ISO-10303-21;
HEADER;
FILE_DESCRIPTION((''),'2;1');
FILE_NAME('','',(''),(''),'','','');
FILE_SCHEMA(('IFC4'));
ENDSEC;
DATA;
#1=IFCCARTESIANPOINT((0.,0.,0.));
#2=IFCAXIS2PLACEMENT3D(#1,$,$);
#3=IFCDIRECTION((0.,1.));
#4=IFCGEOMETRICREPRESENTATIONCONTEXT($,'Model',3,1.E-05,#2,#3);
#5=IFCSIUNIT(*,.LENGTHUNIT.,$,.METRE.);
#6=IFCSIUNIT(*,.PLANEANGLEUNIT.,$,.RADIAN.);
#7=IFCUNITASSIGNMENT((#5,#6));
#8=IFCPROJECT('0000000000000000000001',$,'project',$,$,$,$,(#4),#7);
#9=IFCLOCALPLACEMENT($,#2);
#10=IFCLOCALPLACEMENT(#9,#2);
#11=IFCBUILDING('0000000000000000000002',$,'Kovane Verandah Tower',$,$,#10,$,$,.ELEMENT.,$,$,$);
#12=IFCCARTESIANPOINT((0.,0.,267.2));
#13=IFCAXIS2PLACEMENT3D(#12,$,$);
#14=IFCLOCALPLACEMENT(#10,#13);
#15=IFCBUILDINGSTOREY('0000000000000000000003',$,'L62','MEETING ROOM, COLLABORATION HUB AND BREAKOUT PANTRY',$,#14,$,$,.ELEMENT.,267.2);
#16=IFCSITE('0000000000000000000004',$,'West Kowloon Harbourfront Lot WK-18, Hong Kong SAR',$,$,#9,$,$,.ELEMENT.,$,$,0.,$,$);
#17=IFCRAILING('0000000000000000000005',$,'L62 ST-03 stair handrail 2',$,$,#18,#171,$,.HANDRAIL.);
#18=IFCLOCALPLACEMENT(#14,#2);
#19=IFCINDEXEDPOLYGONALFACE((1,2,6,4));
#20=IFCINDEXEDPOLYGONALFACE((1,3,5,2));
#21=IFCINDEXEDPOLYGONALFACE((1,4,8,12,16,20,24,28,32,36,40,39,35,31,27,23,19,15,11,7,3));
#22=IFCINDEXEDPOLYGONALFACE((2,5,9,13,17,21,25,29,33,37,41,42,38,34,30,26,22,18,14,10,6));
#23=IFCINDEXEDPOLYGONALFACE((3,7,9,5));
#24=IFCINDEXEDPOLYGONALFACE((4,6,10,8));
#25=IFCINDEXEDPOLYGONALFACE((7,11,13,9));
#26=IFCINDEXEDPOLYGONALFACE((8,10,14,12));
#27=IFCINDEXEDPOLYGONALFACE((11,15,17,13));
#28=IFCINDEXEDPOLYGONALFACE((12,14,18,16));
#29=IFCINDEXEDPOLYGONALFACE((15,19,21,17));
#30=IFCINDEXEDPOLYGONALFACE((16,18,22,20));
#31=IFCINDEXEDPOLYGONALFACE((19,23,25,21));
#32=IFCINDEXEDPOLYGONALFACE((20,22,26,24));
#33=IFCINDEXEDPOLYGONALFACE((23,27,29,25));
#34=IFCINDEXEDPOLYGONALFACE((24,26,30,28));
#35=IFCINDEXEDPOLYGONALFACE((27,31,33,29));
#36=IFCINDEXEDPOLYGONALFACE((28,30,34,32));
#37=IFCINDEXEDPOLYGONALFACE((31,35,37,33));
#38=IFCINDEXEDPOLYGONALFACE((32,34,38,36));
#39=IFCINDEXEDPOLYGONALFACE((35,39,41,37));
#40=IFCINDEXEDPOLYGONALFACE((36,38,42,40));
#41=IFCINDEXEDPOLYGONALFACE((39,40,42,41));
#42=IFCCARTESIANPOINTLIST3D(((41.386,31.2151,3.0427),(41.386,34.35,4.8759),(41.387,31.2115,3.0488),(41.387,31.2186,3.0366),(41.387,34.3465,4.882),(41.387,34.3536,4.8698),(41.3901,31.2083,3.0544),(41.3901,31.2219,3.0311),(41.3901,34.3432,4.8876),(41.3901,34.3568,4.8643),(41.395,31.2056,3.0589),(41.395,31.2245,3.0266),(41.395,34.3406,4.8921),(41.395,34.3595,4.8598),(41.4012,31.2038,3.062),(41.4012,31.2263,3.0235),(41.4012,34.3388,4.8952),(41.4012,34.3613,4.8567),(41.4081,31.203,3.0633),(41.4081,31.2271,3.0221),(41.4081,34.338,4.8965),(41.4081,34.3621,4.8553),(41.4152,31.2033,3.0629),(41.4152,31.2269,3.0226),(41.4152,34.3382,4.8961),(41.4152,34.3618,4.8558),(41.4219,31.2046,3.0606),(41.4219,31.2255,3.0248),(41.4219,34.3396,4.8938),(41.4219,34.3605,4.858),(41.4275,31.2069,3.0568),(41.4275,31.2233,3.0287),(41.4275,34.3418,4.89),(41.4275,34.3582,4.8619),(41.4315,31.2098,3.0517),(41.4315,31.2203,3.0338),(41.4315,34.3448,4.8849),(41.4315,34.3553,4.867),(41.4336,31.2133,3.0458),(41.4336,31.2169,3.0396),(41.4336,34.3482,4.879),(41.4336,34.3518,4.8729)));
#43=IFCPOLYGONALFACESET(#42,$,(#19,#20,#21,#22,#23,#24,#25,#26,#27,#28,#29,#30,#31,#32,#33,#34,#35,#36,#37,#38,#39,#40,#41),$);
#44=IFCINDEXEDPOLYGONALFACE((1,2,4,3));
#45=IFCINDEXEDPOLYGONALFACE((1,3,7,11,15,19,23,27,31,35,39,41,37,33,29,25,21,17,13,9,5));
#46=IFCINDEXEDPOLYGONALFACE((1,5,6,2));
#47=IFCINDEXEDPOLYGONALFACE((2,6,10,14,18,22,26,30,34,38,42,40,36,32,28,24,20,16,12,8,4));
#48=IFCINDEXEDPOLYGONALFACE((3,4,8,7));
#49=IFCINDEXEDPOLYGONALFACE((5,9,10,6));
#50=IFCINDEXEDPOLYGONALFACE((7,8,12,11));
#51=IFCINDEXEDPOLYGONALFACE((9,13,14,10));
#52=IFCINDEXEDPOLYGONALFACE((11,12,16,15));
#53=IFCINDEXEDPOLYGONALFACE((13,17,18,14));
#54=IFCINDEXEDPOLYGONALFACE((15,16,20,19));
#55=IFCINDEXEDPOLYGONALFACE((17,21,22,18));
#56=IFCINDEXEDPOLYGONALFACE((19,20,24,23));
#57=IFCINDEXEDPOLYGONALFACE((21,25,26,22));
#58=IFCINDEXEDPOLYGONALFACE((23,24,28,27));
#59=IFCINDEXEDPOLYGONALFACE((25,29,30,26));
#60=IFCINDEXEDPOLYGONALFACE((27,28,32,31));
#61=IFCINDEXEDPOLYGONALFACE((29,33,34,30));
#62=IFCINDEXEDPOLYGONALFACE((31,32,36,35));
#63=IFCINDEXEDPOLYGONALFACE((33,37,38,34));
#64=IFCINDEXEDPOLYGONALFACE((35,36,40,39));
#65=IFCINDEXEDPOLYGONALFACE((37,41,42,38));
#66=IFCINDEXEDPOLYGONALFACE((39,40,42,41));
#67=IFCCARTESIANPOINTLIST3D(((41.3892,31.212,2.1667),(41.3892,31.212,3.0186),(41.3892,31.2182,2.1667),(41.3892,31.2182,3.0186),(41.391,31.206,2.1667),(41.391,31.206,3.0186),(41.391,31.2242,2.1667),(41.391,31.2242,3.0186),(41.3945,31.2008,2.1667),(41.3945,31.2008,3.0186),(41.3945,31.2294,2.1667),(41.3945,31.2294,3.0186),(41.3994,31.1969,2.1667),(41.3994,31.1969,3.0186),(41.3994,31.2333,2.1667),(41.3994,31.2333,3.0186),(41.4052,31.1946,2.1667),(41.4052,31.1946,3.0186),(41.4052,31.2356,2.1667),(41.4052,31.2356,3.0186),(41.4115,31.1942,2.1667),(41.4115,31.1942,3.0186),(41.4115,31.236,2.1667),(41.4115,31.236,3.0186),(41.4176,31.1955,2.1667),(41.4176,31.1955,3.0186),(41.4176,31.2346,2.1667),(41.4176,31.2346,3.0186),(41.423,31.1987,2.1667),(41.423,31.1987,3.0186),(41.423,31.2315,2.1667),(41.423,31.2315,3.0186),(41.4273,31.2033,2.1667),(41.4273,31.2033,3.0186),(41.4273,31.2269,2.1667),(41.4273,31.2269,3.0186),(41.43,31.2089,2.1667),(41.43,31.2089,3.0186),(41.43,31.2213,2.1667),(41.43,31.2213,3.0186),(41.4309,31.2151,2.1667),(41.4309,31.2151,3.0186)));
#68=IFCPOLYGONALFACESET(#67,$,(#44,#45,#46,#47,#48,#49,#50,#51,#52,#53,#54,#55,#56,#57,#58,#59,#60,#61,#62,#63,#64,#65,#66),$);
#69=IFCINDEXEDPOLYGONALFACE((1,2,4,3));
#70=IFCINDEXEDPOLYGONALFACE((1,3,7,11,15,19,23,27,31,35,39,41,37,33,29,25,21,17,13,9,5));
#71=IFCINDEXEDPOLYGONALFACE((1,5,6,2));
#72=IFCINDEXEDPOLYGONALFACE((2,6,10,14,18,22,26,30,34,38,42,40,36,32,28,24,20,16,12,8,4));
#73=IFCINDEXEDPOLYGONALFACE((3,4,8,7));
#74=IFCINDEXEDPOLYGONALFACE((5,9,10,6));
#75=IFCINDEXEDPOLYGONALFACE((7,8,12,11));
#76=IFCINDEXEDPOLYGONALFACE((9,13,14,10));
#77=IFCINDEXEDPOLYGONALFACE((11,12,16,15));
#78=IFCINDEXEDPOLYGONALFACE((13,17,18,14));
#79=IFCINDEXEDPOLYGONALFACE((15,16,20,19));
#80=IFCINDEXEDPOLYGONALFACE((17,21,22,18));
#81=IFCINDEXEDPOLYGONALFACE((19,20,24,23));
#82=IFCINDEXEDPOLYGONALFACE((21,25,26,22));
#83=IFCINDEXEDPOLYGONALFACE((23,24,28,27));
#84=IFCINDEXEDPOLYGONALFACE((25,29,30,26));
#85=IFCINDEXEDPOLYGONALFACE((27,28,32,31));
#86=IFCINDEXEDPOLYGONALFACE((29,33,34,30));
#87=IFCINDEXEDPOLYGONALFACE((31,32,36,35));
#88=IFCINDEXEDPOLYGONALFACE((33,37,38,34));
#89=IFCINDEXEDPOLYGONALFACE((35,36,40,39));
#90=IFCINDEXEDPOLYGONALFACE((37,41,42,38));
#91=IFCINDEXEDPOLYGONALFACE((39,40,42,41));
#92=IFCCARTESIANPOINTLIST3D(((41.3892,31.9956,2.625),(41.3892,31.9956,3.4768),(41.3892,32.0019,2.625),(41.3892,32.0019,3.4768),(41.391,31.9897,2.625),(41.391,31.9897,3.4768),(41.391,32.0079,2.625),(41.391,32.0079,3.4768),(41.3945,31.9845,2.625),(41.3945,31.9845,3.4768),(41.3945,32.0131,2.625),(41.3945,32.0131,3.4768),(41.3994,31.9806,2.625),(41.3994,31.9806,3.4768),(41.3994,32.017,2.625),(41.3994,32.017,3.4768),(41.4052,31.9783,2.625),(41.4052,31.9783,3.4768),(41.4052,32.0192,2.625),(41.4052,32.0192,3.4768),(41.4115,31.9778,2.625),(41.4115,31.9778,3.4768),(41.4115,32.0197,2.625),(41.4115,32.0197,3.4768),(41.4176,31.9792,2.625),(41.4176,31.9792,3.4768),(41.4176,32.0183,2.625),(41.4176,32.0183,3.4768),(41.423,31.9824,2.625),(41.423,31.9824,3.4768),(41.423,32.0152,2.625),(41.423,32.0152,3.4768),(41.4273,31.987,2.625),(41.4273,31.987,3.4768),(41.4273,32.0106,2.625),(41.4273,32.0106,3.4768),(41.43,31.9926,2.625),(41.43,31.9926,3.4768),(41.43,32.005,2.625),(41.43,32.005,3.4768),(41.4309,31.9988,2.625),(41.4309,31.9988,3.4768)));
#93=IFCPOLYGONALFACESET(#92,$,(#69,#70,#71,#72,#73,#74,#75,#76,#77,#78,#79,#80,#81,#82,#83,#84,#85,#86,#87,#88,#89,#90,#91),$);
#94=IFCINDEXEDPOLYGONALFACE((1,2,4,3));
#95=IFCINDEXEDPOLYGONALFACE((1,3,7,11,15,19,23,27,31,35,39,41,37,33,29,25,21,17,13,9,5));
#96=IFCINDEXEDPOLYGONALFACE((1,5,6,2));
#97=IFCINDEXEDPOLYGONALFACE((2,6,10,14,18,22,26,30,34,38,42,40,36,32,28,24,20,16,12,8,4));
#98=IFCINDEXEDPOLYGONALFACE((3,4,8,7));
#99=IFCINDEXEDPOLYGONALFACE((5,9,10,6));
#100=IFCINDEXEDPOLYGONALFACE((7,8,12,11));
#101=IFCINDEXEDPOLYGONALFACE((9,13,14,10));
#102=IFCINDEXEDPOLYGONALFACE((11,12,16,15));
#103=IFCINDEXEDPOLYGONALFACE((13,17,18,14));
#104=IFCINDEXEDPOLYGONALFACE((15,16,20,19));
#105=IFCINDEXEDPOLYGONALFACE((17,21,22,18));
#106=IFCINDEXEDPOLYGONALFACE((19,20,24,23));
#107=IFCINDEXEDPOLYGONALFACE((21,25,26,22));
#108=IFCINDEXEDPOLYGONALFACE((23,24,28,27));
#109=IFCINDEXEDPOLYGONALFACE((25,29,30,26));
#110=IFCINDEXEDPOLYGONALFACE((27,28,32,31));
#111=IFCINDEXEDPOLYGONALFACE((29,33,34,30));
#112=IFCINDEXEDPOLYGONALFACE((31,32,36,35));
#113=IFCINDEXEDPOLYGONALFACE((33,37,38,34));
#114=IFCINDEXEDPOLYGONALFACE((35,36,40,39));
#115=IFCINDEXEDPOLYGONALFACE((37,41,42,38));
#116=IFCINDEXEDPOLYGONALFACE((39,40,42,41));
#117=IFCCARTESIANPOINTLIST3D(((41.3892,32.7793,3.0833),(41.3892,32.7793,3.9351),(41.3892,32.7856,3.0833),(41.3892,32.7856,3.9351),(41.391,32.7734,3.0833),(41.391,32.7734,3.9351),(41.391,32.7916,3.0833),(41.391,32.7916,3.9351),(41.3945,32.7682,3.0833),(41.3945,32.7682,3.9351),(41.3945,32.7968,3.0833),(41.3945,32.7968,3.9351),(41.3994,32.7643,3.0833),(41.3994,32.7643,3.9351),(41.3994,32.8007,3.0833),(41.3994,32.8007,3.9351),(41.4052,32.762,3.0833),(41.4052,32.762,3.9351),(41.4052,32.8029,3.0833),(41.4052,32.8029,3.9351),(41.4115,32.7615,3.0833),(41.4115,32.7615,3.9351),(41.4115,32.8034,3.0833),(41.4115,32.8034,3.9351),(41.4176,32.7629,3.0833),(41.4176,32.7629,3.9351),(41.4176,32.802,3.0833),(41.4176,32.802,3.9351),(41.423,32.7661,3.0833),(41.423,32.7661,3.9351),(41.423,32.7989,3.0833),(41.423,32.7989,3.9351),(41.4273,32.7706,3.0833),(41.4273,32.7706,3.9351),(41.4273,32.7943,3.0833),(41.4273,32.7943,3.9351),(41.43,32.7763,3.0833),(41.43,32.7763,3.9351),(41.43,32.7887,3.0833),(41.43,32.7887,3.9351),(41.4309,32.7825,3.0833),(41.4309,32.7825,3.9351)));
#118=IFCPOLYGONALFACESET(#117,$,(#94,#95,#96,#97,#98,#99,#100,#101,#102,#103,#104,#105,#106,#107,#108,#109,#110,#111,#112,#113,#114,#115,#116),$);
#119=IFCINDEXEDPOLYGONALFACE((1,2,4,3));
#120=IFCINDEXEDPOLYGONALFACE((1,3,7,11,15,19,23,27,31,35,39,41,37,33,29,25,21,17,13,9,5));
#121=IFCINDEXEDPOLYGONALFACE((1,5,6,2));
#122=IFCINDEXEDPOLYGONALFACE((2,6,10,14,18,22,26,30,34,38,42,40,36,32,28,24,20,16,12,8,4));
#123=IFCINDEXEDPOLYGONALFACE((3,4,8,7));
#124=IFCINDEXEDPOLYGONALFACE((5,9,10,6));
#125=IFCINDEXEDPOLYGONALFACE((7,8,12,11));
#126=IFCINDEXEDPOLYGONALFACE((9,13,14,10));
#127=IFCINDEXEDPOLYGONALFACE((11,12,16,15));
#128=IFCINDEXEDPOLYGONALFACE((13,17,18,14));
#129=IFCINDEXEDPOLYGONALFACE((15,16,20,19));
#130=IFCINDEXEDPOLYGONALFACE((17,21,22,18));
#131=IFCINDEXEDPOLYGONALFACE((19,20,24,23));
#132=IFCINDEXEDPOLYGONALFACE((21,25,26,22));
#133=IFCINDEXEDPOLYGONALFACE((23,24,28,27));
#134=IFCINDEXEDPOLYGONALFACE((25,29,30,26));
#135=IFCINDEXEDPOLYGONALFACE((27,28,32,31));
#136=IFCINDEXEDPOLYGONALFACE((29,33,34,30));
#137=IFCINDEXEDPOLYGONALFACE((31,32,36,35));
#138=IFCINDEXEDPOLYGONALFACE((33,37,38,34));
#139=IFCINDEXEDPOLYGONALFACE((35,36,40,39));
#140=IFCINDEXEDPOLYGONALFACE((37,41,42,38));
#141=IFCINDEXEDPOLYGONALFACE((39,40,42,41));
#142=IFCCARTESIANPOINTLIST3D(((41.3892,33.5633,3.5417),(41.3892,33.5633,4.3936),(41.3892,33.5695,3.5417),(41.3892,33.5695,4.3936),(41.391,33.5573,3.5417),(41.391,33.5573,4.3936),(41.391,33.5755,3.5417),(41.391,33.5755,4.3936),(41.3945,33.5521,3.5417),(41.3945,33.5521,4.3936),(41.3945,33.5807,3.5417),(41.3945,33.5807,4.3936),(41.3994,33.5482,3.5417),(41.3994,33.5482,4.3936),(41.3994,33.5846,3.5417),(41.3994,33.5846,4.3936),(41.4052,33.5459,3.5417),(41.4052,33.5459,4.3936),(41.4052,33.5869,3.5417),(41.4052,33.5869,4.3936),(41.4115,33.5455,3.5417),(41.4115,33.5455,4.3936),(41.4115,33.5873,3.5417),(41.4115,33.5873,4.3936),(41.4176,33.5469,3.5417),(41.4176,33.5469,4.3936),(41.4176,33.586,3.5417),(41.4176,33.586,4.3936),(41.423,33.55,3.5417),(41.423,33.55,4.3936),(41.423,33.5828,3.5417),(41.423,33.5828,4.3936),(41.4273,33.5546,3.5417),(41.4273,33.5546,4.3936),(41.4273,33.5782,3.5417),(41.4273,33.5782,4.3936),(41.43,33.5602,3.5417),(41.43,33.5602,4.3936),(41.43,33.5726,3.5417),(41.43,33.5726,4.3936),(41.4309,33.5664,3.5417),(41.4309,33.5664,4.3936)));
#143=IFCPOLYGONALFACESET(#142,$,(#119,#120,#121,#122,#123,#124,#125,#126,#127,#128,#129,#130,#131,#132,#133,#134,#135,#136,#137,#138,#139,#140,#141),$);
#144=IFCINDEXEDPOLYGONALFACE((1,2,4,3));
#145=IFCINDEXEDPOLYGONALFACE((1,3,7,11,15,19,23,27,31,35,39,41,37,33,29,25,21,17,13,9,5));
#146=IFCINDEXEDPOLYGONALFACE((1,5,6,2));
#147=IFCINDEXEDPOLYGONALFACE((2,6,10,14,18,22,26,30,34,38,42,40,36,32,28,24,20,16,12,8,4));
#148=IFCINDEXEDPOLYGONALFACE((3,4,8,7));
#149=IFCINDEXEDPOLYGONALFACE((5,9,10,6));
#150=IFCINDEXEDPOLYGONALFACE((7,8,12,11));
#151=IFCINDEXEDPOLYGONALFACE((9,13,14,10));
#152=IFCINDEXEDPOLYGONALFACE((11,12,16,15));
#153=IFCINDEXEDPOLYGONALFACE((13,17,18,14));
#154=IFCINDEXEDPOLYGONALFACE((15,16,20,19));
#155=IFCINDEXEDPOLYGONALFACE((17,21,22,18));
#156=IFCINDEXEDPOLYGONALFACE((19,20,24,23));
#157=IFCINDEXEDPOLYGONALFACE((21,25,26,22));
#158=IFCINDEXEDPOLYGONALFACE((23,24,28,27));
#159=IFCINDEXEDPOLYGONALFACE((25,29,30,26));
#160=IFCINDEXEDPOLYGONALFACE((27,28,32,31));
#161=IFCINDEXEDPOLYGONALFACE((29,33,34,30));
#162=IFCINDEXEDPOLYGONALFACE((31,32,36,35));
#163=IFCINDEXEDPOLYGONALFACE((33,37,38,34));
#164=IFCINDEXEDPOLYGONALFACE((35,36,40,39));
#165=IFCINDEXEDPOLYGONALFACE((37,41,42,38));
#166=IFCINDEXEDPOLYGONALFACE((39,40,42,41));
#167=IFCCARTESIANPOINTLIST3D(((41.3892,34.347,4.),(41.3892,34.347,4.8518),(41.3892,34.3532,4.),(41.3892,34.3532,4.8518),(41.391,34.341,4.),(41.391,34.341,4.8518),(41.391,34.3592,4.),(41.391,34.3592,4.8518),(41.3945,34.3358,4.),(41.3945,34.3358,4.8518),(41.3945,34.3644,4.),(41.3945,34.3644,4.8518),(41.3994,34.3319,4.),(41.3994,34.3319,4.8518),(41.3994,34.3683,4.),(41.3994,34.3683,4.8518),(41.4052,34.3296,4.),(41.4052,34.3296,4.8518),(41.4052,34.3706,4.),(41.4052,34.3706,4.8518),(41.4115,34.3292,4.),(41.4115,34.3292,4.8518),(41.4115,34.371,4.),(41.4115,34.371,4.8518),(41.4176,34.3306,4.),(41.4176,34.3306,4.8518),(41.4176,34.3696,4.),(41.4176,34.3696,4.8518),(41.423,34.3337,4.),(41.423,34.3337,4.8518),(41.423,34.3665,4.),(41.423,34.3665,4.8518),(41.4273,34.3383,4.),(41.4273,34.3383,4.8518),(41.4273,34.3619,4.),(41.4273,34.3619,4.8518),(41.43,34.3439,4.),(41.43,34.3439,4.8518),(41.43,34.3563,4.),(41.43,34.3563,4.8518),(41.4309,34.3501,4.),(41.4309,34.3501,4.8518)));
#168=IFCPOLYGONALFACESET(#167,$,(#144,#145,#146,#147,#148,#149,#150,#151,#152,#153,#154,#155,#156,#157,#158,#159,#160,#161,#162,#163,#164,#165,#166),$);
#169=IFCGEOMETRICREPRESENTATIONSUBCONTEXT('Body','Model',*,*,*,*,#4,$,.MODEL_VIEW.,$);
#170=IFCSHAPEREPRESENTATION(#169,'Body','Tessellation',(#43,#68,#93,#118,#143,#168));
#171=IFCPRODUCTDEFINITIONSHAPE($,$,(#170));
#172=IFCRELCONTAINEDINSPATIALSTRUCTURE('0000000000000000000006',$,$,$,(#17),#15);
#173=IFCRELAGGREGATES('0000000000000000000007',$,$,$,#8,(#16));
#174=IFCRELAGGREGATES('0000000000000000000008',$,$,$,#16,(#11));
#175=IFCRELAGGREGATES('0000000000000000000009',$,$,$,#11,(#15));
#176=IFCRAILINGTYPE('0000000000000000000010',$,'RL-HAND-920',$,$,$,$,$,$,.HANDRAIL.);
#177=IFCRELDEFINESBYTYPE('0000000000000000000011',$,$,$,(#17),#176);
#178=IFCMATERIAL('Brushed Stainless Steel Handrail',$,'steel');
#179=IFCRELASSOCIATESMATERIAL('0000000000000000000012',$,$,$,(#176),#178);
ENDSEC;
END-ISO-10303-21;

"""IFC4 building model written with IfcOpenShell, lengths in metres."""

from ifc_helpers import new_model, si_unit, direction, frame, origin, origin_2d, place, context, subcontext, project, spatial, circle, extrude, material, type_object, element, save


model = new_model("IFC4")

# Units and contexts
model_context = context("Model", 3, precision=1e-05, world=origin(), true_north=direction((0.0, 1.0)))
body_context = subcontext(model_context, "Body", "Model", "MODEL_VIEW")
ifc_project = project(units=[si_unit("LENGTHUNIT", "METRE"), si_unit("PLANEANGLEUNIT", "RADIAN")], contexts=[model_context])

# Site, building, storey
site_placement = place(None, origin())
site = spatial("IfcSite", under=ifc_project, at=site_placement, Name="West Kowloon Harbourfront Lot WK-18, Hong Kong SAR", CompositionType="ELEMENT", RefElevation=0.0)
building_placement = place(site_placement, origin())
building = spatial("IfcBuilding", under=site, at=building_placement, Name="Kovane Verandah Tower", CompositionType="ELEMENT")
storey_placement = place(building_placement, frame((0.0, 0.0, 267.2)))
storey = spatial("IfcBuildingStorey", under=building, at=storey_placement, Name="L62", Description="MEETING ROOM, COLLABORATION HUB AND BREAKOUT PANTRY", CompositionType="ELEMENT", Elevation=267.2)

# Railing
ifc_material_1 = material(Name="Brushed Stainless Steel Handrail", Category="steel")
railing_type_1 = type_object("IfcRailingType", Name="RL-HAND-920", PredefinedType="HANDRAIL", material=ifc_material_1)
railing_1_placement = place(storey_placement, frame((41.4099, 31.2151, 2.1667)))
element("IfcRailing", 1, at=railing_1_placement, inside=storey, type_object=railing_type_1, Name="L62 ST-03 stair handrail 2", PredefinedType="HANDRAIL", context=body_context, shape_type="SweptSolid", body=[
    extrude(circle(Radius=0.0239, at=origin_2d()), frame((0.0, 0.0, 0.876), z_axis=(0.0, 0.86324, 0.504794), x_axis=(-1.0, 0.0, 0.0)), (0.0, 0.0, 1.0), 3.6316),
    extrude(circle(Radius=0.021, at=origin_2d()), origin(), (0.0, 0.0, 1.0), 0.8518),
    extrude(circle(Radius=0.021, at=origin_2d()), frame((0.0, 0.7837, 0.4583)), (0.0, 0.0, 1.0), 0.8518),
    extrude(circle(Radius=0.021, at=origin_2d()), frame((0.0, 1.5674, 0.9165)), (0.0, 0.0, 1.0), 0.8518),
    extrude(circle(Radius=0.021, at=origin_2d()), frame((0.0, 2.3513, 1.375)), (0.0, 0.0, 1.0), 0.8518),
    extrude(circle(Radius=0.021, at=origin_2d()), frame((0.0, 3.135, 1.8333)), (0.0, 0.0, 1.0), 0.8518),
])

save(model, "model.ifc")
